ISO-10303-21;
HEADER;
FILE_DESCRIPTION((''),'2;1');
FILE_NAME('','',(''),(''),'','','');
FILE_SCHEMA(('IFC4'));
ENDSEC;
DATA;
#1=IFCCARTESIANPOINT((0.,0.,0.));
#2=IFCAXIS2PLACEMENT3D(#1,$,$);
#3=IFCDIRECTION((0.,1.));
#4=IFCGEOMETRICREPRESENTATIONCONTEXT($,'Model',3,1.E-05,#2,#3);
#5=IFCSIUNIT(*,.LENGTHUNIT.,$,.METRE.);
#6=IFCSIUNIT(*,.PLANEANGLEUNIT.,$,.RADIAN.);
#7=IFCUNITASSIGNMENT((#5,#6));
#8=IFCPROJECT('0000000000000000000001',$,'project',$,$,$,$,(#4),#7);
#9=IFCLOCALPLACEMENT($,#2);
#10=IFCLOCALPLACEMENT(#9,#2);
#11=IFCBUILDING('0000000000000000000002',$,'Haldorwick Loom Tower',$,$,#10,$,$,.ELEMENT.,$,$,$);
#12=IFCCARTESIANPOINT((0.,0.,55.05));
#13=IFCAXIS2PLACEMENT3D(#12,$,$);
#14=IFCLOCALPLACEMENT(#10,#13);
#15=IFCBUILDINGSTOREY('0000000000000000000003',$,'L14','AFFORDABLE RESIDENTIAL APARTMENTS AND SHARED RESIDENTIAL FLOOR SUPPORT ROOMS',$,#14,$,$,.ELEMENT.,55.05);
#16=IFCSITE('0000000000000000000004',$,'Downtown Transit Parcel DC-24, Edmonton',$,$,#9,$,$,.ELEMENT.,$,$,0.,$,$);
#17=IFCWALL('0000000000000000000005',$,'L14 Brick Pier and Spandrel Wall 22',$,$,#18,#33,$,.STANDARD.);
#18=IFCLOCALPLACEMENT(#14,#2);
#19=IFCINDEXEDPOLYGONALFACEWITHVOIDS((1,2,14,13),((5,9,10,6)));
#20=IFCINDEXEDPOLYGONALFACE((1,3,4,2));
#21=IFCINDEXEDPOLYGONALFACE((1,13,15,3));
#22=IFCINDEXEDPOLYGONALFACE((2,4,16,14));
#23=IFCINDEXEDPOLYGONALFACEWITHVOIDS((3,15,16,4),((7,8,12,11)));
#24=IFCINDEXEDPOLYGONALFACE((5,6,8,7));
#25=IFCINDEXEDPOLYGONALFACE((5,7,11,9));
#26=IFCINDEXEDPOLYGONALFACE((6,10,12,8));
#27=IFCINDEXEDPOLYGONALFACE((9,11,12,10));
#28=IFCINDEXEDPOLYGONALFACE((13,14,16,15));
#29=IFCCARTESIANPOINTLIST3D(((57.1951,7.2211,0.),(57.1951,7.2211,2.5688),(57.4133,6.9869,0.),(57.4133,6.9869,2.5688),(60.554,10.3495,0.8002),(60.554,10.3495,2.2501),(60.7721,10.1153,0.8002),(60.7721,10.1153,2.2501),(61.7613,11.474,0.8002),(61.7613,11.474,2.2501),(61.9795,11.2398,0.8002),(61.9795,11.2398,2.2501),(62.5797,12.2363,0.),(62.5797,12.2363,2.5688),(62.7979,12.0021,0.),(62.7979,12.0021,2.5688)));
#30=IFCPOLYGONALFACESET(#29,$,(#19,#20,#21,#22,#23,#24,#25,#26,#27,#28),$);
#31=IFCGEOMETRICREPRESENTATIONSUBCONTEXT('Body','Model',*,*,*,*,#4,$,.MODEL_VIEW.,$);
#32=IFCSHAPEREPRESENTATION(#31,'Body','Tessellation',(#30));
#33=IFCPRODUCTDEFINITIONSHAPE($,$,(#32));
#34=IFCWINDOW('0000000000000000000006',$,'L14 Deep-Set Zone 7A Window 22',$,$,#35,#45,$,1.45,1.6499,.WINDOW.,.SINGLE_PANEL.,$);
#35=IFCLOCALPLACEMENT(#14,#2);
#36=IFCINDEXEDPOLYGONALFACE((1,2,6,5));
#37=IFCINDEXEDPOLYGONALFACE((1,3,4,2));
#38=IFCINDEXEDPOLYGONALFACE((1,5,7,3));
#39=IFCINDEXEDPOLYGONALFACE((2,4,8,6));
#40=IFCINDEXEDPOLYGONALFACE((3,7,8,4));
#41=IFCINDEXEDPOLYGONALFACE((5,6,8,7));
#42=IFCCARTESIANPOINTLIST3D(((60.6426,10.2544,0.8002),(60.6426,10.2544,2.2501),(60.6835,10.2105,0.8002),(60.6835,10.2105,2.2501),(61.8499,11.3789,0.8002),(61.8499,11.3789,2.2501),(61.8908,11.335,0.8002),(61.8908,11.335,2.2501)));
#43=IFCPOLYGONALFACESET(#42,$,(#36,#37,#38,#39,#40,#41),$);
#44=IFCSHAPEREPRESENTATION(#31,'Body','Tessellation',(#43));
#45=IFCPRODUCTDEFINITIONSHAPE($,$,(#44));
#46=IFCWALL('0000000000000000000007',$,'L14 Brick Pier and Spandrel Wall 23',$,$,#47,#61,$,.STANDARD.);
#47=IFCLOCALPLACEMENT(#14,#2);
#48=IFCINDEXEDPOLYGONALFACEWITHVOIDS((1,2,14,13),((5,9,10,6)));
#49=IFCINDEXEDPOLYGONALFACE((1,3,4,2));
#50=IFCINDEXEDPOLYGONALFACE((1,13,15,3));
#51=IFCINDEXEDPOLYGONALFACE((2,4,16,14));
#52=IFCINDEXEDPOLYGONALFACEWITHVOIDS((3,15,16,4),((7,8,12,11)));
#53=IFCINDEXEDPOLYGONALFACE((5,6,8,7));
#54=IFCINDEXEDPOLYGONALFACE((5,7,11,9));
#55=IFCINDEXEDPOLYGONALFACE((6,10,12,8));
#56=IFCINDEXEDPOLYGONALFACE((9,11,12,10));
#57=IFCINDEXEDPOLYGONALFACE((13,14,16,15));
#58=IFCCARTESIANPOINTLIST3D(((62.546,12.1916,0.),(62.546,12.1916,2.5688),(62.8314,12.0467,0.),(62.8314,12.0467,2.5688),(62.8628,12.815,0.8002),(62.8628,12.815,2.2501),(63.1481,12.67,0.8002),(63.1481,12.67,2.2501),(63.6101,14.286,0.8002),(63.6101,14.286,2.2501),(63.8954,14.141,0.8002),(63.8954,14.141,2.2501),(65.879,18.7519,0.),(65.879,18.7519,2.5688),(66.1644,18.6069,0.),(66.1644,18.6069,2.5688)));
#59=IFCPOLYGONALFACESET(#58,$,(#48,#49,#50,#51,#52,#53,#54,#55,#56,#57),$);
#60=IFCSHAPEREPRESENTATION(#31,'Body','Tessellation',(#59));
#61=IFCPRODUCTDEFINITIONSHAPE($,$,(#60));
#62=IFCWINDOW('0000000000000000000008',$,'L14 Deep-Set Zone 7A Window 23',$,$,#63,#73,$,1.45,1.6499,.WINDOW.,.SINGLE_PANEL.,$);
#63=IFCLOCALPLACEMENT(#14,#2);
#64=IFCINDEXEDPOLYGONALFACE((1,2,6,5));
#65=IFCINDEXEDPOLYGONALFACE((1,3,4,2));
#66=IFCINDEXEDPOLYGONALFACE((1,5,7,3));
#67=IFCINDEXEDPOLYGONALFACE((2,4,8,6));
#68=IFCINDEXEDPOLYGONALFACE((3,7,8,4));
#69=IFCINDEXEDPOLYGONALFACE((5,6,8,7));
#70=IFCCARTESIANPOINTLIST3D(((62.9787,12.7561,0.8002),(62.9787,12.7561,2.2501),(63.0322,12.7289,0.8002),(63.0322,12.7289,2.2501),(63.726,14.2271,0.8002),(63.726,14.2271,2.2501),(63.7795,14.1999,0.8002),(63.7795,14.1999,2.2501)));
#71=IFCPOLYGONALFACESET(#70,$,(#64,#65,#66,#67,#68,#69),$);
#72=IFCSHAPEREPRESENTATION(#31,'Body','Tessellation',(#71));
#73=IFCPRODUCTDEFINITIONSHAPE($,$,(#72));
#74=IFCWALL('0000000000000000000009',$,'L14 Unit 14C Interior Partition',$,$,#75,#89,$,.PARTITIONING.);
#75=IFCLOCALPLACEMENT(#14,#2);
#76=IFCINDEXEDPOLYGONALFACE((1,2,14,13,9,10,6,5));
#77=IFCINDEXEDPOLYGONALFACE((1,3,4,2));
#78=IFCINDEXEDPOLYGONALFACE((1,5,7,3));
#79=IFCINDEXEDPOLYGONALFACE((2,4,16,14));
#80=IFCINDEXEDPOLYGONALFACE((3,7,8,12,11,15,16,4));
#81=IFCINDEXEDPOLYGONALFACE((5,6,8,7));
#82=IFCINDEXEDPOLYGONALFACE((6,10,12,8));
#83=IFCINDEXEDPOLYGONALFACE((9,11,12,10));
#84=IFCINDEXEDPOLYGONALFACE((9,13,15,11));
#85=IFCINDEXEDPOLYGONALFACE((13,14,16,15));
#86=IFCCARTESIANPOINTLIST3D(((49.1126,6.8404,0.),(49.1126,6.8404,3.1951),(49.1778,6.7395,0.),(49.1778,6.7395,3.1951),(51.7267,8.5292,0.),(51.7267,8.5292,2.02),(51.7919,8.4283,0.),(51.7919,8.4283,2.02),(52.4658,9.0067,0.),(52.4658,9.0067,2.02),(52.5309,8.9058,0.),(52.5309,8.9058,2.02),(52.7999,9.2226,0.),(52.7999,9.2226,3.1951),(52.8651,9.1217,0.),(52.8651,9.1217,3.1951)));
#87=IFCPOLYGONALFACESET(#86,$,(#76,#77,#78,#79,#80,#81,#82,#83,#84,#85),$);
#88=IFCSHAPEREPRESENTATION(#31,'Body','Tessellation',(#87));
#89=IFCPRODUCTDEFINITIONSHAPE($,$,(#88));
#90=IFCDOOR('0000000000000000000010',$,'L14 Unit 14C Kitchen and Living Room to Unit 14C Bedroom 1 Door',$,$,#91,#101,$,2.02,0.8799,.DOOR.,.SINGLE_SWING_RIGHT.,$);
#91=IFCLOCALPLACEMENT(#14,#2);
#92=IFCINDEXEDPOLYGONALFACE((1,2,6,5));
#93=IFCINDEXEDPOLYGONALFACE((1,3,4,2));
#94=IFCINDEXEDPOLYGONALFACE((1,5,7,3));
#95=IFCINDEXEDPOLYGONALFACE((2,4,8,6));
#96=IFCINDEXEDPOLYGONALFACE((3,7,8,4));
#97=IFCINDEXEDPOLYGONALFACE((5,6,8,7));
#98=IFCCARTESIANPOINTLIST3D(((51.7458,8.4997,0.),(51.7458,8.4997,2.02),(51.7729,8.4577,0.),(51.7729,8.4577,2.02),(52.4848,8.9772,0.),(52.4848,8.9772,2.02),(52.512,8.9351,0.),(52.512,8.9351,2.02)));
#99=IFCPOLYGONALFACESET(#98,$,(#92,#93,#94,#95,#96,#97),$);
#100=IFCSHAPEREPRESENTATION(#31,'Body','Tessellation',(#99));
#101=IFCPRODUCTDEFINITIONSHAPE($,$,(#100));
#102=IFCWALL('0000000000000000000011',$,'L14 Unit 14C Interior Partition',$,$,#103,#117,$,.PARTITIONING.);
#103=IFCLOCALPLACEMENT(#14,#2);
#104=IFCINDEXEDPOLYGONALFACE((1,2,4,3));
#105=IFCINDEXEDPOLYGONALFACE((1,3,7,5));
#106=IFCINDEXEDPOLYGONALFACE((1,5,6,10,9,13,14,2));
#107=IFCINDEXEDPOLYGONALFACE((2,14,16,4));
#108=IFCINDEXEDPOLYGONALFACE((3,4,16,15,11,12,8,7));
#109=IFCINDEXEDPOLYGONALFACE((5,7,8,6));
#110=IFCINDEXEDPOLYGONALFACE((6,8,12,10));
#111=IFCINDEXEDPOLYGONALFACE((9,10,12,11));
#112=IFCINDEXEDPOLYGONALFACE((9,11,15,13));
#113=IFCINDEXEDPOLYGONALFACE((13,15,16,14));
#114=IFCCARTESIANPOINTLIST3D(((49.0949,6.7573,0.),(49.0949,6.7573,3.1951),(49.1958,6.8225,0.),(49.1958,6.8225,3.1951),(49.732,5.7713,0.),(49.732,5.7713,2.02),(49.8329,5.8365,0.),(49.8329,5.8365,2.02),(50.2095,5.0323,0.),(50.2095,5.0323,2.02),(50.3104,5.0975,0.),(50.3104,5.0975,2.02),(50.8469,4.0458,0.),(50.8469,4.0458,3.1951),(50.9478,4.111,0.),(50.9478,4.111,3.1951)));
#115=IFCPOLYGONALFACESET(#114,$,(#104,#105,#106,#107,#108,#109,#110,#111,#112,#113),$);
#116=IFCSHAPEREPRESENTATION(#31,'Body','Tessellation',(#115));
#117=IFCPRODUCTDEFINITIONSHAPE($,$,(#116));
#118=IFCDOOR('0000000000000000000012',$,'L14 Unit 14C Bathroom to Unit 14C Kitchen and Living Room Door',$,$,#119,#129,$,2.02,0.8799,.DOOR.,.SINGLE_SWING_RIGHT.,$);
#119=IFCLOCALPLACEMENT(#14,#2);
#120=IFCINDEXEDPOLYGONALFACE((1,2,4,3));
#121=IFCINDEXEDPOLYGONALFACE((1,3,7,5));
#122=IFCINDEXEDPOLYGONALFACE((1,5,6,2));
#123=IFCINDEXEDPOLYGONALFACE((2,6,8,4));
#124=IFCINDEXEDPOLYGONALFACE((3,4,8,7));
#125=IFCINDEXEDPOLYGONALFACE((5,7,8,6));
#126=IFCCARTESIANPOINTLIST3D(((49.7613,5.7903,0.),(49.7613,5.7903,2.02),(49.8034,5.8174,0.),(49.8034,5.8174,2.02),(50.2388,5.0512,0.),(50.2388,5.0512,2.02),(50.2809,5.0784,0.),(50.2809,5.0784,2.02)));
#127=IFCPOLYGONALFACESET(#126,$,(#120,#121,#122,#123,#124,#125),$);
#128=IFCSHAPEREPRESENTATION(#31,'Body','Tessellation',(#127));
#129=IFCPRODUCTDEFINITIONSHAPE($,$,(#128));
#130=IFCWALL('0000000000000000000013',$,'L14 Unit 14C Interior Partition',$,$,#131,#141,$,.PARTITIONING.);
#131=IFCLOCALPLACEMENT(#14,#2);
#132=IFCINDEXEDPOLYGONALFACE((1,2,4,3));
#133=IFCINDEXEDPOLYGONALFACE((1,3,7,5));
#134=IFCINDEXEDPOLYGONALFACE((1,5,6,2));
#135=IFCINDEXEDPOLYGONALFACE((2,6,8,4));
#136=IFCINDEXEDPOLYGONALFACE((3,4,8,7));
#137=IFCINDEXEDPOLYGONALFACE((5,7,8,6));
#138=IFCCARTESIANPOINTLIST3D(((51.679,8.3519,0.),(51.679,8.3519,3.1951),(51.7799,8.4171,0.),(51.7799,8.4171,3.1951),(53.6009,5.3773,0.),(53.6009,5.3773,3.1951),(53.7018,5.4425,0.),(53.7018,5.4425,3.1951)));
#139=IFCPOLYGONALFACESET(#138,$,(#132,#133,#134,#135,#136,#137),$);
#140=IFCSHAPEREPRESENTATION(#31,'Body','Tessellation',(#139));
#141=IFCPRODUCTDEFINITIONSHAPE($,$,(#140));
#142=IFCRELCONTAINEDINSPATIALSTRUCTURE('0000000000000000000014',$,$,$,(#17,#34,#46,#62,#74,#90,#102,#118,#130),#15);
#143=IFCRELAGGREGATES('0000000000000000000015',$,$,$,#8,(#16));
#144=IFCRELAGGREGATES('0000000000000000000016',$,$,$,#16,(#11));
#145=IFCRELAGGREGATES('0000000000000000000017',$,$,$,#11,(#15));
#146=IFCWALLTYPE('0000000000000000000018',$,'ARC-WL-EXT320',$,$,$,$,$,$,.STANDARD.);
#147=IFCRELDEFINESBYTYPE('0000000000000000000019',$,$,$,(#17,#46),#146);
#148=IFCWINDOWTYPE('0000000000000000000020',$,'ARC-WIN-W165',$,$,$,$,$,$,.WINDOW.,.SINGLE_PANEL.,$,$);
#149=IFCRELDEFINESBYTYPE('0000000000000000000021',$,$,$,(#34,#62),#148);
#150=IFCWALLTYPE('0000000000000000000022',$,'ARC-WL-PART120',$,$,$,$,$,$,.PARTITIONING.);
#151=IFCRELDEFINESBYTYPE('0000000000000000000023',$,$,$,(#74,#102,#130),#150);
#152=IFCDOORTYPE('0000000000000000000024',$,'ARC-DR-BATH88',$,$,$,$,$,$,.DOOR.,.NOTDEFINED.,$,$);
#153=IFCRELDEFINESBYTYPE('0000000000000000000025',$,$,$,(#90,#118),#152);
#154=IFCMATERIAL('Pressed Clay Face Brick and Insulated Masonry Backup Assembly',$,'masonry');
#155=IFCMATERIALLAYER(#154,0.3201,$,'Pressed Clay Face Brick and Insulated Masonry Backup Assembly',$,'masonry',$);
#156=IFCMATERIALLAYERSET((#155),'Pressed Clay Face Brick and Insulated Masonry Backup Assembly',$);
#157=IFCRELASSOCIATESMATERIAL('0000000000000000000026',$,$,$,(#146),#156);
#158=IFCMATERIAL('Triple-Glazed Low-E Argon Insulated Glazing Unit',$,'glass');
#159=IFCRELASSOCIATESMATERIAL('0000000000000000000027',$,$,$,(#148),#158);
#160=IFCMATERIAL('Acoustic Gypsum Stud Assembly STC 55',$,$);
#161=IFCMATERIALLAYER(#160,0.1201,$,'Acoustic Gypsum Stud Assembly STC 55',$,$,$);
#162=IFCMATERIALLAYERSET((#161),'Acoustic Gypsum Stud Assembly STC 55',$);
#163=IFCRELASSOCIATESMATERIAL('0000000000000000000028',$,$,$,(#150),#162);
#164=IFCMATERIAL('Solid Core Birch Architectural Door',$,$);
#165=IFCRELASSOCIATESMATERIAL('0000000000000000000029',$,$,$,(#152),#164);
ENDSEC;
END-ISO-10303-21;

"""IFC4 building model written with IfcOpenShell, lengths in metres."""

from ifc_helpers import new_model, si_unit, direction, frame, frame_2d, origin, place, context, subcontext, project, spatial, rectangle, extrude, material, layer, layer_set, type_object, element, fill, save


model = new_model("IFC4")

# Units and contexts
model_context = context("Model", 3, precision=1e-05, world=origin(), true_north=direction((0.0, 1.0)))
body_context = subcontext(model_context, "Body", "Model", "MODEL_VIEW")
ifc_project = project(units=[si_unit("LENGTHUNIT", "METRE"), si_unit("PLANEANGLEUNIT", "RADIAN")], contexts=[model_context])

# Site, building, storey
site_placement = place(None, origin())
site = spatial("IfcSite", under=ifc_project, at=site_placement, Name="Downtown Transit Parcel DC-24, Edmonton", CompositionType="ELEMENT", RefElevation=0.0)
building_placement = place(site_placement, origin())
building = spatial("IfcBuilding", under=site, at=building_placement, Name="Haldorwick Loom Tower", CompositionType="ELEMENT")
storey_placement = place(building_placement, frame((0.0, 0.0, 55.05)))
storey = spatial("IfcBuildingStorey", under=building, at=storey_placement, Name="L14", Description="AFFORDABLE RESIDENTIAL APARTMENTS AND SHARED RESIDENTIAL FLOOR SUPPORT ROOMS", CompositionType="ELEMENT", Elevation=55.05)

# Shared definitions
ifc_material_1 = material(Name="Pressed Clay Face Brick and Insulated Masonry Backup Assembly", Category="masonry")
ifc_layer_1 = layer(ifc_material_1, 0.3201, Name="Pressed Clay Face Brick and Insulated Masonry Backup Assembly", Category="masonry")
ifc_layer_set_1 = layer_set([ifc_layer_1], Name="Pressed Clay Face Brick and Insulated Masonry Backup Assembly")
wall_type_1 = type_object("IfcWallType", Name="ARC-WL-EXT320", PredefinedType="STANDARD", material=ifc_layer_set_1)

# Walls, openings, windows
wall_1_placement = place(storey_placement, frame((57.3042, 7.104, 0.0), z_axis=(0.0, 0.0, 1.0), x_axis=(0.731761, 0.681561, 0.0)))
wall_1 = element("IfcWall", 1, at=wall_1_placement, inside=storey, type_object=wall_type_1, Name="L14 Brick Pier and Spandrel Wall 22", PredefinedType="STANDARD", context=body_context, shape_type="SweptSolid", body=[
    extrude(rectangle(XDim=7.3584, YDim=0.3201, at=frame_2d((3.6792, 0.0))), origin(), (0.0, 0.0, 1.0), 2.5688),
])
opening_1_placement = place(wall_1_placement, frame((4.5901, 0.0, 0.8)))
opening_1 = element("IfcOpeningElement", 2, at=opening_1_placement, cuts=wall_1, PredefinedType="OPENING", context=body_context, shape_type="SweptSolid", body=[
    extrude(rectangle(XDim=1.6499, YDim=1.45, at=frame_2d((0.825, 0.7251))), frame((0.0, 0.1699, 0.0), z_axis=(0.0, -1.0, 0.0), x_axis=(1.0, 0.0, 0.0)), (0.0, 0.0, 1.0), 0.3401),
])
ifc_material_2 = material(Name="Triple-Glazed Low-E Argon Insulated Glazing Unit", Category="glass")
window_type = type_object("IfcWindowType", Name="ARC-WIN-W165", PartitioningType="SINGLE_PANEL", PredefinedType="WINDOW", material=ifc_material_2)
window_1_placement = place(opening_1_placement, origin())
window_1 = element("IfcWindow", 3, at=window_1_placement, inside=storey, type_object=window_type, Name="L14 Deep-Set Zone 7A Window 22", OverallHeight=1.45, OverallWidth=1.6499, PartitioningType="SINGLE_PANEL", PredefinedType="WINDOW", context=body_context, shape_type="SweptSolid", body=[
    extrude(rectangle(XDim=1.6499, YDim=1.45, at=frame_2d((0.825, 0.7251))), frame((0.0, 0.03, 0.0), z_axis=(0.0, -1.0, 0.0), x_axis=(1.0, 0.0, 0.0)), (0.0, 0.0, 1.0), 0.0601),
])
fill(opening_1, window_1)
wall_2_placement = place(storey_placement, frame((62.6887, 12.1191, 0.0), z_axis=(0.0, 0.0, 1.0), x_axis=(0.452951, 0.891535, 0.0)))
wall_2 = element("IfcWall", 4, at=wall_2_placement, inside=storey, type_object=wall_type_1, Name="L14 Brick Pier and Spandrel Wall 23", PredefinedType="STANDARD", context=body_context, shape_type="SweptSolid", body=[
    extrude(rectangle(XDim=7.3584, YDim=0.3201, at=frame_2d((3.6792, 0.0))), origin(), (0.0, 0.0, 1.0), 2.5688),
])
opening_2_placement = place(wall_2_placement, frame((0.6992, 0.0, 0.8)))
opening_2 = element("IfcOpeningElement", 5, at=opening_2_placement, cuts=wall_2, PredefinedType="OPENING", context=body_context, shape_type="SweptSolid", body=[
    extrude(rectangle(XDim=1.6499, YDim=1.45, at=frame_2d((0.825, 0.7251))), frame((0.0, 0.1699, 0.0), z_axis=(0.0, -1.0, 0.0), x_axis=(1.0, 0.0, 0.0)), (0.0, 0.0, 1.0), 0.3401),
])
window_2_placement = place(opening_2_placement, origin())
window_2 = element("IfcWindow", 6, at=window_2_placement, inside=storey, type_object=window_type, Name="L14 Deep-Set Zone 7A Window 23", OverallHeight=1.45, OverallWidth=1.6499, PartitioningType="SINGLE_PANEL", PredefinedType="WINDOW", context=body_context, shape_type="SweptSolid", body=[
    extrude(rectangle(XDim=1.6499, YDim=1.45, at=frame_2d((0.825, 0.7251))), frame((0.0, 0.03, 0.0), z_axis=(0.0, -1.0, 0.0), x_axis=(1.0, 0.0, 0.0)), (0.0, 0.0, 1.0), 0.0601),
])
fill(opening_2, window_2)

# Walls, openings, doors
ifc_material_3 = material(Name="Acoustic Gypsum Stud Assembly STC 55")
ifc_layer_2 = layer(ifc_material_3, 0.1201, Name="Acoustic Gypsum Stud Assembly STC 55")
ifc_layer_set_2 = layer_set([ifc_layer_2], Name="Acoustic Gypsum Stud Assembly STC 55")
wall_type_2 = type_object("IfcWallType", Name="ARC-WL-PART120", PredefinedType="PARTITIONING", material=ifc_layer_set_2)
wall_3_placement = place(storey_placement, frame((49.1453, 6.79, 0.0), z_axis=(0.0, 0.0, 1.0), x_axis=(0.839964, 0.542642, 0.0)))
wall_3 = element("IfcWall", 7, at=wall_3_placement, inside=storey, type_object=wall_type_2, Name="L14 Unit 14C Interior Partition", PredefinedType="PARTITIONING", context=body_context, shape_type="SweptSolid", body=[
    extrude(rectangle(XDim=4.3899, YDim=0.1201, at=frame_2d((2.1948, 0.0))), origin(), (0.0, 0.0, 1.0), 3.1951),
])
opening_3_placement = place(wall_3_placement, frame((3.1121, 0.0, 0.0)))
opening_3 = element("IfcOpeningElement", 8, at=opening_3_placement, cuts=wall_3, PredefinedType="OPENING", context=body_context, shape_type="SweptSolid", body=[
    extrude(rectangle(XDim=0.8799, YDim=2.02, at=frame_2d((0.4399, 1.01))), frame((0.0, 0.0701, 0.0), z_axis=(0.0, -1.0, 0.0), x_axis=(1.0, 0.0, 0.0)), (0.0, 0.0, 1.0), 0.1401),
])
ifc_material_4 = material(Name="Solid Core Birch Architectural Door")
door_type_1 = type_object("IfcDoorType", Name="ARC-DR-BATH88", OperationType="NOTDEFINED", PredefinedType="DOOR", material=ifc_material_4)
door_1_placement = place(opening_3_placement, origin())
door_1 = element("IfcDoor", 9, at=door_1_placement, inside=storey, type_object=door_type_1, Name="L14 Unit 14C Kitchen and Living Room to Unit 14C Bedroom 1 Door", OperationType="SINGLE_SWING_RIGHT", OverallHeight=2.02, OverallWidth=0.8799, PredefinedType="DOOR", context=body_context, shape_type="SweptSolid", body=[
    extrude(rectangle(XDim=0.8799, YDim=2.02, at=frame_2d((0.4399, 1.01))), frame((0.0, 0.0249, 0.0), z_axis=(0.0, -1.0, 0.0), x_axis=(1.0, 0.0, 0.0)), (0.0, 0.0, 1.0), 0.05),
])
fill(opening_3, door_1)
wall_4_placement = place(storey_placement, frame((49.1453, 6.79, 0.0), z_axis=(0.0, 0.0, 1.0), x_axis=(0.542706, -0.839923, 0.0)))
wall_4 = element("IfcWall", 10, at=wall_4_placement, inside=storey, type_object=wall_type_2, Name="L14 Unit 14C Interior Partition", PredefinedType="PARTITIONING", context=body_context, shape_type="SweptSolid", body=[
    extrude(rectangle(XDim=3.2283, YDim=0.1201, at=frame_2d((1.6143, 0.0))), origin(), (0.0, 0.0, 1.0), 3.1951),
])
opening_4_placement = place(wall_4_placement, frame((1.1741, 0.0, 0.0)))
opening_4 = element("IfcOpeningElement", 11, at=opening_4_placement, cuts=wall_4, PredefinedType="OPENING", context=body_context, shape_type="SweptSolid", body=[
    extrude(rectangle(XDim=0.8799, YDim=2.02, at=frame_2d((0.4399, 1.01))), frame((0.0, 0.0701, 0.0), z_axis=(0.0, -1.0, 0.0), x_axis=(1.0, 0.0, 0.0)), (0.0, 0.0, 1.0), 0.1401),
])
door_2_placement = place(opening_4_placement, origin())
door_2 = element("IfcDoor", 12, at=door_2_placement, inside=storey, type_object=door_type_1, Name="L14 Unit 14C Bathroom to Unit 14C Kitchen and Living Room Door", OperationType="SINGLE_SWING_RIGHT", OverallHeight=2.02, OverallWidth=0.8799, PredefinedType="DOOR", context=body_context, shape_type="SweptSolid", body=[
    extrude(rectangle(XDim=0.8799, YDim=2.02, at=frame_2d((0.4399, 1.01))), frame((0.0, 0.0249, 0.0), z_axis=(0.0, -1.0, 0.0), x_axis=(1.0, 0.0, 0.0)), (0.0, 0.0, 1.0), 0.05),
])
fill(opening_4, door_2)

# Wall
wall_5_placement = place(storey_placement, frame((51.7295, 8.3845, 0.0), z_axis=(0.0, 0.0, 1.0), x_axis=(0.542679, -0.83994, 0.0)))
element("IfcWall", 13, at=wall_5_placement, inside=storey, type_object=wall_type_2, Name="L14 Unit 14C Interior Partition", PredefinedType="PARTITIONING", context=body_context, shape_type="SweptSolid", body=[
    extrude(rectangle(XDim=3.5415, YDim=0.1201, at=frame_2d((1.7708, 0.0))), origin(), (0.0, 0.0, 1.0), 3.1951),
])

save(model, "model.ifc")
